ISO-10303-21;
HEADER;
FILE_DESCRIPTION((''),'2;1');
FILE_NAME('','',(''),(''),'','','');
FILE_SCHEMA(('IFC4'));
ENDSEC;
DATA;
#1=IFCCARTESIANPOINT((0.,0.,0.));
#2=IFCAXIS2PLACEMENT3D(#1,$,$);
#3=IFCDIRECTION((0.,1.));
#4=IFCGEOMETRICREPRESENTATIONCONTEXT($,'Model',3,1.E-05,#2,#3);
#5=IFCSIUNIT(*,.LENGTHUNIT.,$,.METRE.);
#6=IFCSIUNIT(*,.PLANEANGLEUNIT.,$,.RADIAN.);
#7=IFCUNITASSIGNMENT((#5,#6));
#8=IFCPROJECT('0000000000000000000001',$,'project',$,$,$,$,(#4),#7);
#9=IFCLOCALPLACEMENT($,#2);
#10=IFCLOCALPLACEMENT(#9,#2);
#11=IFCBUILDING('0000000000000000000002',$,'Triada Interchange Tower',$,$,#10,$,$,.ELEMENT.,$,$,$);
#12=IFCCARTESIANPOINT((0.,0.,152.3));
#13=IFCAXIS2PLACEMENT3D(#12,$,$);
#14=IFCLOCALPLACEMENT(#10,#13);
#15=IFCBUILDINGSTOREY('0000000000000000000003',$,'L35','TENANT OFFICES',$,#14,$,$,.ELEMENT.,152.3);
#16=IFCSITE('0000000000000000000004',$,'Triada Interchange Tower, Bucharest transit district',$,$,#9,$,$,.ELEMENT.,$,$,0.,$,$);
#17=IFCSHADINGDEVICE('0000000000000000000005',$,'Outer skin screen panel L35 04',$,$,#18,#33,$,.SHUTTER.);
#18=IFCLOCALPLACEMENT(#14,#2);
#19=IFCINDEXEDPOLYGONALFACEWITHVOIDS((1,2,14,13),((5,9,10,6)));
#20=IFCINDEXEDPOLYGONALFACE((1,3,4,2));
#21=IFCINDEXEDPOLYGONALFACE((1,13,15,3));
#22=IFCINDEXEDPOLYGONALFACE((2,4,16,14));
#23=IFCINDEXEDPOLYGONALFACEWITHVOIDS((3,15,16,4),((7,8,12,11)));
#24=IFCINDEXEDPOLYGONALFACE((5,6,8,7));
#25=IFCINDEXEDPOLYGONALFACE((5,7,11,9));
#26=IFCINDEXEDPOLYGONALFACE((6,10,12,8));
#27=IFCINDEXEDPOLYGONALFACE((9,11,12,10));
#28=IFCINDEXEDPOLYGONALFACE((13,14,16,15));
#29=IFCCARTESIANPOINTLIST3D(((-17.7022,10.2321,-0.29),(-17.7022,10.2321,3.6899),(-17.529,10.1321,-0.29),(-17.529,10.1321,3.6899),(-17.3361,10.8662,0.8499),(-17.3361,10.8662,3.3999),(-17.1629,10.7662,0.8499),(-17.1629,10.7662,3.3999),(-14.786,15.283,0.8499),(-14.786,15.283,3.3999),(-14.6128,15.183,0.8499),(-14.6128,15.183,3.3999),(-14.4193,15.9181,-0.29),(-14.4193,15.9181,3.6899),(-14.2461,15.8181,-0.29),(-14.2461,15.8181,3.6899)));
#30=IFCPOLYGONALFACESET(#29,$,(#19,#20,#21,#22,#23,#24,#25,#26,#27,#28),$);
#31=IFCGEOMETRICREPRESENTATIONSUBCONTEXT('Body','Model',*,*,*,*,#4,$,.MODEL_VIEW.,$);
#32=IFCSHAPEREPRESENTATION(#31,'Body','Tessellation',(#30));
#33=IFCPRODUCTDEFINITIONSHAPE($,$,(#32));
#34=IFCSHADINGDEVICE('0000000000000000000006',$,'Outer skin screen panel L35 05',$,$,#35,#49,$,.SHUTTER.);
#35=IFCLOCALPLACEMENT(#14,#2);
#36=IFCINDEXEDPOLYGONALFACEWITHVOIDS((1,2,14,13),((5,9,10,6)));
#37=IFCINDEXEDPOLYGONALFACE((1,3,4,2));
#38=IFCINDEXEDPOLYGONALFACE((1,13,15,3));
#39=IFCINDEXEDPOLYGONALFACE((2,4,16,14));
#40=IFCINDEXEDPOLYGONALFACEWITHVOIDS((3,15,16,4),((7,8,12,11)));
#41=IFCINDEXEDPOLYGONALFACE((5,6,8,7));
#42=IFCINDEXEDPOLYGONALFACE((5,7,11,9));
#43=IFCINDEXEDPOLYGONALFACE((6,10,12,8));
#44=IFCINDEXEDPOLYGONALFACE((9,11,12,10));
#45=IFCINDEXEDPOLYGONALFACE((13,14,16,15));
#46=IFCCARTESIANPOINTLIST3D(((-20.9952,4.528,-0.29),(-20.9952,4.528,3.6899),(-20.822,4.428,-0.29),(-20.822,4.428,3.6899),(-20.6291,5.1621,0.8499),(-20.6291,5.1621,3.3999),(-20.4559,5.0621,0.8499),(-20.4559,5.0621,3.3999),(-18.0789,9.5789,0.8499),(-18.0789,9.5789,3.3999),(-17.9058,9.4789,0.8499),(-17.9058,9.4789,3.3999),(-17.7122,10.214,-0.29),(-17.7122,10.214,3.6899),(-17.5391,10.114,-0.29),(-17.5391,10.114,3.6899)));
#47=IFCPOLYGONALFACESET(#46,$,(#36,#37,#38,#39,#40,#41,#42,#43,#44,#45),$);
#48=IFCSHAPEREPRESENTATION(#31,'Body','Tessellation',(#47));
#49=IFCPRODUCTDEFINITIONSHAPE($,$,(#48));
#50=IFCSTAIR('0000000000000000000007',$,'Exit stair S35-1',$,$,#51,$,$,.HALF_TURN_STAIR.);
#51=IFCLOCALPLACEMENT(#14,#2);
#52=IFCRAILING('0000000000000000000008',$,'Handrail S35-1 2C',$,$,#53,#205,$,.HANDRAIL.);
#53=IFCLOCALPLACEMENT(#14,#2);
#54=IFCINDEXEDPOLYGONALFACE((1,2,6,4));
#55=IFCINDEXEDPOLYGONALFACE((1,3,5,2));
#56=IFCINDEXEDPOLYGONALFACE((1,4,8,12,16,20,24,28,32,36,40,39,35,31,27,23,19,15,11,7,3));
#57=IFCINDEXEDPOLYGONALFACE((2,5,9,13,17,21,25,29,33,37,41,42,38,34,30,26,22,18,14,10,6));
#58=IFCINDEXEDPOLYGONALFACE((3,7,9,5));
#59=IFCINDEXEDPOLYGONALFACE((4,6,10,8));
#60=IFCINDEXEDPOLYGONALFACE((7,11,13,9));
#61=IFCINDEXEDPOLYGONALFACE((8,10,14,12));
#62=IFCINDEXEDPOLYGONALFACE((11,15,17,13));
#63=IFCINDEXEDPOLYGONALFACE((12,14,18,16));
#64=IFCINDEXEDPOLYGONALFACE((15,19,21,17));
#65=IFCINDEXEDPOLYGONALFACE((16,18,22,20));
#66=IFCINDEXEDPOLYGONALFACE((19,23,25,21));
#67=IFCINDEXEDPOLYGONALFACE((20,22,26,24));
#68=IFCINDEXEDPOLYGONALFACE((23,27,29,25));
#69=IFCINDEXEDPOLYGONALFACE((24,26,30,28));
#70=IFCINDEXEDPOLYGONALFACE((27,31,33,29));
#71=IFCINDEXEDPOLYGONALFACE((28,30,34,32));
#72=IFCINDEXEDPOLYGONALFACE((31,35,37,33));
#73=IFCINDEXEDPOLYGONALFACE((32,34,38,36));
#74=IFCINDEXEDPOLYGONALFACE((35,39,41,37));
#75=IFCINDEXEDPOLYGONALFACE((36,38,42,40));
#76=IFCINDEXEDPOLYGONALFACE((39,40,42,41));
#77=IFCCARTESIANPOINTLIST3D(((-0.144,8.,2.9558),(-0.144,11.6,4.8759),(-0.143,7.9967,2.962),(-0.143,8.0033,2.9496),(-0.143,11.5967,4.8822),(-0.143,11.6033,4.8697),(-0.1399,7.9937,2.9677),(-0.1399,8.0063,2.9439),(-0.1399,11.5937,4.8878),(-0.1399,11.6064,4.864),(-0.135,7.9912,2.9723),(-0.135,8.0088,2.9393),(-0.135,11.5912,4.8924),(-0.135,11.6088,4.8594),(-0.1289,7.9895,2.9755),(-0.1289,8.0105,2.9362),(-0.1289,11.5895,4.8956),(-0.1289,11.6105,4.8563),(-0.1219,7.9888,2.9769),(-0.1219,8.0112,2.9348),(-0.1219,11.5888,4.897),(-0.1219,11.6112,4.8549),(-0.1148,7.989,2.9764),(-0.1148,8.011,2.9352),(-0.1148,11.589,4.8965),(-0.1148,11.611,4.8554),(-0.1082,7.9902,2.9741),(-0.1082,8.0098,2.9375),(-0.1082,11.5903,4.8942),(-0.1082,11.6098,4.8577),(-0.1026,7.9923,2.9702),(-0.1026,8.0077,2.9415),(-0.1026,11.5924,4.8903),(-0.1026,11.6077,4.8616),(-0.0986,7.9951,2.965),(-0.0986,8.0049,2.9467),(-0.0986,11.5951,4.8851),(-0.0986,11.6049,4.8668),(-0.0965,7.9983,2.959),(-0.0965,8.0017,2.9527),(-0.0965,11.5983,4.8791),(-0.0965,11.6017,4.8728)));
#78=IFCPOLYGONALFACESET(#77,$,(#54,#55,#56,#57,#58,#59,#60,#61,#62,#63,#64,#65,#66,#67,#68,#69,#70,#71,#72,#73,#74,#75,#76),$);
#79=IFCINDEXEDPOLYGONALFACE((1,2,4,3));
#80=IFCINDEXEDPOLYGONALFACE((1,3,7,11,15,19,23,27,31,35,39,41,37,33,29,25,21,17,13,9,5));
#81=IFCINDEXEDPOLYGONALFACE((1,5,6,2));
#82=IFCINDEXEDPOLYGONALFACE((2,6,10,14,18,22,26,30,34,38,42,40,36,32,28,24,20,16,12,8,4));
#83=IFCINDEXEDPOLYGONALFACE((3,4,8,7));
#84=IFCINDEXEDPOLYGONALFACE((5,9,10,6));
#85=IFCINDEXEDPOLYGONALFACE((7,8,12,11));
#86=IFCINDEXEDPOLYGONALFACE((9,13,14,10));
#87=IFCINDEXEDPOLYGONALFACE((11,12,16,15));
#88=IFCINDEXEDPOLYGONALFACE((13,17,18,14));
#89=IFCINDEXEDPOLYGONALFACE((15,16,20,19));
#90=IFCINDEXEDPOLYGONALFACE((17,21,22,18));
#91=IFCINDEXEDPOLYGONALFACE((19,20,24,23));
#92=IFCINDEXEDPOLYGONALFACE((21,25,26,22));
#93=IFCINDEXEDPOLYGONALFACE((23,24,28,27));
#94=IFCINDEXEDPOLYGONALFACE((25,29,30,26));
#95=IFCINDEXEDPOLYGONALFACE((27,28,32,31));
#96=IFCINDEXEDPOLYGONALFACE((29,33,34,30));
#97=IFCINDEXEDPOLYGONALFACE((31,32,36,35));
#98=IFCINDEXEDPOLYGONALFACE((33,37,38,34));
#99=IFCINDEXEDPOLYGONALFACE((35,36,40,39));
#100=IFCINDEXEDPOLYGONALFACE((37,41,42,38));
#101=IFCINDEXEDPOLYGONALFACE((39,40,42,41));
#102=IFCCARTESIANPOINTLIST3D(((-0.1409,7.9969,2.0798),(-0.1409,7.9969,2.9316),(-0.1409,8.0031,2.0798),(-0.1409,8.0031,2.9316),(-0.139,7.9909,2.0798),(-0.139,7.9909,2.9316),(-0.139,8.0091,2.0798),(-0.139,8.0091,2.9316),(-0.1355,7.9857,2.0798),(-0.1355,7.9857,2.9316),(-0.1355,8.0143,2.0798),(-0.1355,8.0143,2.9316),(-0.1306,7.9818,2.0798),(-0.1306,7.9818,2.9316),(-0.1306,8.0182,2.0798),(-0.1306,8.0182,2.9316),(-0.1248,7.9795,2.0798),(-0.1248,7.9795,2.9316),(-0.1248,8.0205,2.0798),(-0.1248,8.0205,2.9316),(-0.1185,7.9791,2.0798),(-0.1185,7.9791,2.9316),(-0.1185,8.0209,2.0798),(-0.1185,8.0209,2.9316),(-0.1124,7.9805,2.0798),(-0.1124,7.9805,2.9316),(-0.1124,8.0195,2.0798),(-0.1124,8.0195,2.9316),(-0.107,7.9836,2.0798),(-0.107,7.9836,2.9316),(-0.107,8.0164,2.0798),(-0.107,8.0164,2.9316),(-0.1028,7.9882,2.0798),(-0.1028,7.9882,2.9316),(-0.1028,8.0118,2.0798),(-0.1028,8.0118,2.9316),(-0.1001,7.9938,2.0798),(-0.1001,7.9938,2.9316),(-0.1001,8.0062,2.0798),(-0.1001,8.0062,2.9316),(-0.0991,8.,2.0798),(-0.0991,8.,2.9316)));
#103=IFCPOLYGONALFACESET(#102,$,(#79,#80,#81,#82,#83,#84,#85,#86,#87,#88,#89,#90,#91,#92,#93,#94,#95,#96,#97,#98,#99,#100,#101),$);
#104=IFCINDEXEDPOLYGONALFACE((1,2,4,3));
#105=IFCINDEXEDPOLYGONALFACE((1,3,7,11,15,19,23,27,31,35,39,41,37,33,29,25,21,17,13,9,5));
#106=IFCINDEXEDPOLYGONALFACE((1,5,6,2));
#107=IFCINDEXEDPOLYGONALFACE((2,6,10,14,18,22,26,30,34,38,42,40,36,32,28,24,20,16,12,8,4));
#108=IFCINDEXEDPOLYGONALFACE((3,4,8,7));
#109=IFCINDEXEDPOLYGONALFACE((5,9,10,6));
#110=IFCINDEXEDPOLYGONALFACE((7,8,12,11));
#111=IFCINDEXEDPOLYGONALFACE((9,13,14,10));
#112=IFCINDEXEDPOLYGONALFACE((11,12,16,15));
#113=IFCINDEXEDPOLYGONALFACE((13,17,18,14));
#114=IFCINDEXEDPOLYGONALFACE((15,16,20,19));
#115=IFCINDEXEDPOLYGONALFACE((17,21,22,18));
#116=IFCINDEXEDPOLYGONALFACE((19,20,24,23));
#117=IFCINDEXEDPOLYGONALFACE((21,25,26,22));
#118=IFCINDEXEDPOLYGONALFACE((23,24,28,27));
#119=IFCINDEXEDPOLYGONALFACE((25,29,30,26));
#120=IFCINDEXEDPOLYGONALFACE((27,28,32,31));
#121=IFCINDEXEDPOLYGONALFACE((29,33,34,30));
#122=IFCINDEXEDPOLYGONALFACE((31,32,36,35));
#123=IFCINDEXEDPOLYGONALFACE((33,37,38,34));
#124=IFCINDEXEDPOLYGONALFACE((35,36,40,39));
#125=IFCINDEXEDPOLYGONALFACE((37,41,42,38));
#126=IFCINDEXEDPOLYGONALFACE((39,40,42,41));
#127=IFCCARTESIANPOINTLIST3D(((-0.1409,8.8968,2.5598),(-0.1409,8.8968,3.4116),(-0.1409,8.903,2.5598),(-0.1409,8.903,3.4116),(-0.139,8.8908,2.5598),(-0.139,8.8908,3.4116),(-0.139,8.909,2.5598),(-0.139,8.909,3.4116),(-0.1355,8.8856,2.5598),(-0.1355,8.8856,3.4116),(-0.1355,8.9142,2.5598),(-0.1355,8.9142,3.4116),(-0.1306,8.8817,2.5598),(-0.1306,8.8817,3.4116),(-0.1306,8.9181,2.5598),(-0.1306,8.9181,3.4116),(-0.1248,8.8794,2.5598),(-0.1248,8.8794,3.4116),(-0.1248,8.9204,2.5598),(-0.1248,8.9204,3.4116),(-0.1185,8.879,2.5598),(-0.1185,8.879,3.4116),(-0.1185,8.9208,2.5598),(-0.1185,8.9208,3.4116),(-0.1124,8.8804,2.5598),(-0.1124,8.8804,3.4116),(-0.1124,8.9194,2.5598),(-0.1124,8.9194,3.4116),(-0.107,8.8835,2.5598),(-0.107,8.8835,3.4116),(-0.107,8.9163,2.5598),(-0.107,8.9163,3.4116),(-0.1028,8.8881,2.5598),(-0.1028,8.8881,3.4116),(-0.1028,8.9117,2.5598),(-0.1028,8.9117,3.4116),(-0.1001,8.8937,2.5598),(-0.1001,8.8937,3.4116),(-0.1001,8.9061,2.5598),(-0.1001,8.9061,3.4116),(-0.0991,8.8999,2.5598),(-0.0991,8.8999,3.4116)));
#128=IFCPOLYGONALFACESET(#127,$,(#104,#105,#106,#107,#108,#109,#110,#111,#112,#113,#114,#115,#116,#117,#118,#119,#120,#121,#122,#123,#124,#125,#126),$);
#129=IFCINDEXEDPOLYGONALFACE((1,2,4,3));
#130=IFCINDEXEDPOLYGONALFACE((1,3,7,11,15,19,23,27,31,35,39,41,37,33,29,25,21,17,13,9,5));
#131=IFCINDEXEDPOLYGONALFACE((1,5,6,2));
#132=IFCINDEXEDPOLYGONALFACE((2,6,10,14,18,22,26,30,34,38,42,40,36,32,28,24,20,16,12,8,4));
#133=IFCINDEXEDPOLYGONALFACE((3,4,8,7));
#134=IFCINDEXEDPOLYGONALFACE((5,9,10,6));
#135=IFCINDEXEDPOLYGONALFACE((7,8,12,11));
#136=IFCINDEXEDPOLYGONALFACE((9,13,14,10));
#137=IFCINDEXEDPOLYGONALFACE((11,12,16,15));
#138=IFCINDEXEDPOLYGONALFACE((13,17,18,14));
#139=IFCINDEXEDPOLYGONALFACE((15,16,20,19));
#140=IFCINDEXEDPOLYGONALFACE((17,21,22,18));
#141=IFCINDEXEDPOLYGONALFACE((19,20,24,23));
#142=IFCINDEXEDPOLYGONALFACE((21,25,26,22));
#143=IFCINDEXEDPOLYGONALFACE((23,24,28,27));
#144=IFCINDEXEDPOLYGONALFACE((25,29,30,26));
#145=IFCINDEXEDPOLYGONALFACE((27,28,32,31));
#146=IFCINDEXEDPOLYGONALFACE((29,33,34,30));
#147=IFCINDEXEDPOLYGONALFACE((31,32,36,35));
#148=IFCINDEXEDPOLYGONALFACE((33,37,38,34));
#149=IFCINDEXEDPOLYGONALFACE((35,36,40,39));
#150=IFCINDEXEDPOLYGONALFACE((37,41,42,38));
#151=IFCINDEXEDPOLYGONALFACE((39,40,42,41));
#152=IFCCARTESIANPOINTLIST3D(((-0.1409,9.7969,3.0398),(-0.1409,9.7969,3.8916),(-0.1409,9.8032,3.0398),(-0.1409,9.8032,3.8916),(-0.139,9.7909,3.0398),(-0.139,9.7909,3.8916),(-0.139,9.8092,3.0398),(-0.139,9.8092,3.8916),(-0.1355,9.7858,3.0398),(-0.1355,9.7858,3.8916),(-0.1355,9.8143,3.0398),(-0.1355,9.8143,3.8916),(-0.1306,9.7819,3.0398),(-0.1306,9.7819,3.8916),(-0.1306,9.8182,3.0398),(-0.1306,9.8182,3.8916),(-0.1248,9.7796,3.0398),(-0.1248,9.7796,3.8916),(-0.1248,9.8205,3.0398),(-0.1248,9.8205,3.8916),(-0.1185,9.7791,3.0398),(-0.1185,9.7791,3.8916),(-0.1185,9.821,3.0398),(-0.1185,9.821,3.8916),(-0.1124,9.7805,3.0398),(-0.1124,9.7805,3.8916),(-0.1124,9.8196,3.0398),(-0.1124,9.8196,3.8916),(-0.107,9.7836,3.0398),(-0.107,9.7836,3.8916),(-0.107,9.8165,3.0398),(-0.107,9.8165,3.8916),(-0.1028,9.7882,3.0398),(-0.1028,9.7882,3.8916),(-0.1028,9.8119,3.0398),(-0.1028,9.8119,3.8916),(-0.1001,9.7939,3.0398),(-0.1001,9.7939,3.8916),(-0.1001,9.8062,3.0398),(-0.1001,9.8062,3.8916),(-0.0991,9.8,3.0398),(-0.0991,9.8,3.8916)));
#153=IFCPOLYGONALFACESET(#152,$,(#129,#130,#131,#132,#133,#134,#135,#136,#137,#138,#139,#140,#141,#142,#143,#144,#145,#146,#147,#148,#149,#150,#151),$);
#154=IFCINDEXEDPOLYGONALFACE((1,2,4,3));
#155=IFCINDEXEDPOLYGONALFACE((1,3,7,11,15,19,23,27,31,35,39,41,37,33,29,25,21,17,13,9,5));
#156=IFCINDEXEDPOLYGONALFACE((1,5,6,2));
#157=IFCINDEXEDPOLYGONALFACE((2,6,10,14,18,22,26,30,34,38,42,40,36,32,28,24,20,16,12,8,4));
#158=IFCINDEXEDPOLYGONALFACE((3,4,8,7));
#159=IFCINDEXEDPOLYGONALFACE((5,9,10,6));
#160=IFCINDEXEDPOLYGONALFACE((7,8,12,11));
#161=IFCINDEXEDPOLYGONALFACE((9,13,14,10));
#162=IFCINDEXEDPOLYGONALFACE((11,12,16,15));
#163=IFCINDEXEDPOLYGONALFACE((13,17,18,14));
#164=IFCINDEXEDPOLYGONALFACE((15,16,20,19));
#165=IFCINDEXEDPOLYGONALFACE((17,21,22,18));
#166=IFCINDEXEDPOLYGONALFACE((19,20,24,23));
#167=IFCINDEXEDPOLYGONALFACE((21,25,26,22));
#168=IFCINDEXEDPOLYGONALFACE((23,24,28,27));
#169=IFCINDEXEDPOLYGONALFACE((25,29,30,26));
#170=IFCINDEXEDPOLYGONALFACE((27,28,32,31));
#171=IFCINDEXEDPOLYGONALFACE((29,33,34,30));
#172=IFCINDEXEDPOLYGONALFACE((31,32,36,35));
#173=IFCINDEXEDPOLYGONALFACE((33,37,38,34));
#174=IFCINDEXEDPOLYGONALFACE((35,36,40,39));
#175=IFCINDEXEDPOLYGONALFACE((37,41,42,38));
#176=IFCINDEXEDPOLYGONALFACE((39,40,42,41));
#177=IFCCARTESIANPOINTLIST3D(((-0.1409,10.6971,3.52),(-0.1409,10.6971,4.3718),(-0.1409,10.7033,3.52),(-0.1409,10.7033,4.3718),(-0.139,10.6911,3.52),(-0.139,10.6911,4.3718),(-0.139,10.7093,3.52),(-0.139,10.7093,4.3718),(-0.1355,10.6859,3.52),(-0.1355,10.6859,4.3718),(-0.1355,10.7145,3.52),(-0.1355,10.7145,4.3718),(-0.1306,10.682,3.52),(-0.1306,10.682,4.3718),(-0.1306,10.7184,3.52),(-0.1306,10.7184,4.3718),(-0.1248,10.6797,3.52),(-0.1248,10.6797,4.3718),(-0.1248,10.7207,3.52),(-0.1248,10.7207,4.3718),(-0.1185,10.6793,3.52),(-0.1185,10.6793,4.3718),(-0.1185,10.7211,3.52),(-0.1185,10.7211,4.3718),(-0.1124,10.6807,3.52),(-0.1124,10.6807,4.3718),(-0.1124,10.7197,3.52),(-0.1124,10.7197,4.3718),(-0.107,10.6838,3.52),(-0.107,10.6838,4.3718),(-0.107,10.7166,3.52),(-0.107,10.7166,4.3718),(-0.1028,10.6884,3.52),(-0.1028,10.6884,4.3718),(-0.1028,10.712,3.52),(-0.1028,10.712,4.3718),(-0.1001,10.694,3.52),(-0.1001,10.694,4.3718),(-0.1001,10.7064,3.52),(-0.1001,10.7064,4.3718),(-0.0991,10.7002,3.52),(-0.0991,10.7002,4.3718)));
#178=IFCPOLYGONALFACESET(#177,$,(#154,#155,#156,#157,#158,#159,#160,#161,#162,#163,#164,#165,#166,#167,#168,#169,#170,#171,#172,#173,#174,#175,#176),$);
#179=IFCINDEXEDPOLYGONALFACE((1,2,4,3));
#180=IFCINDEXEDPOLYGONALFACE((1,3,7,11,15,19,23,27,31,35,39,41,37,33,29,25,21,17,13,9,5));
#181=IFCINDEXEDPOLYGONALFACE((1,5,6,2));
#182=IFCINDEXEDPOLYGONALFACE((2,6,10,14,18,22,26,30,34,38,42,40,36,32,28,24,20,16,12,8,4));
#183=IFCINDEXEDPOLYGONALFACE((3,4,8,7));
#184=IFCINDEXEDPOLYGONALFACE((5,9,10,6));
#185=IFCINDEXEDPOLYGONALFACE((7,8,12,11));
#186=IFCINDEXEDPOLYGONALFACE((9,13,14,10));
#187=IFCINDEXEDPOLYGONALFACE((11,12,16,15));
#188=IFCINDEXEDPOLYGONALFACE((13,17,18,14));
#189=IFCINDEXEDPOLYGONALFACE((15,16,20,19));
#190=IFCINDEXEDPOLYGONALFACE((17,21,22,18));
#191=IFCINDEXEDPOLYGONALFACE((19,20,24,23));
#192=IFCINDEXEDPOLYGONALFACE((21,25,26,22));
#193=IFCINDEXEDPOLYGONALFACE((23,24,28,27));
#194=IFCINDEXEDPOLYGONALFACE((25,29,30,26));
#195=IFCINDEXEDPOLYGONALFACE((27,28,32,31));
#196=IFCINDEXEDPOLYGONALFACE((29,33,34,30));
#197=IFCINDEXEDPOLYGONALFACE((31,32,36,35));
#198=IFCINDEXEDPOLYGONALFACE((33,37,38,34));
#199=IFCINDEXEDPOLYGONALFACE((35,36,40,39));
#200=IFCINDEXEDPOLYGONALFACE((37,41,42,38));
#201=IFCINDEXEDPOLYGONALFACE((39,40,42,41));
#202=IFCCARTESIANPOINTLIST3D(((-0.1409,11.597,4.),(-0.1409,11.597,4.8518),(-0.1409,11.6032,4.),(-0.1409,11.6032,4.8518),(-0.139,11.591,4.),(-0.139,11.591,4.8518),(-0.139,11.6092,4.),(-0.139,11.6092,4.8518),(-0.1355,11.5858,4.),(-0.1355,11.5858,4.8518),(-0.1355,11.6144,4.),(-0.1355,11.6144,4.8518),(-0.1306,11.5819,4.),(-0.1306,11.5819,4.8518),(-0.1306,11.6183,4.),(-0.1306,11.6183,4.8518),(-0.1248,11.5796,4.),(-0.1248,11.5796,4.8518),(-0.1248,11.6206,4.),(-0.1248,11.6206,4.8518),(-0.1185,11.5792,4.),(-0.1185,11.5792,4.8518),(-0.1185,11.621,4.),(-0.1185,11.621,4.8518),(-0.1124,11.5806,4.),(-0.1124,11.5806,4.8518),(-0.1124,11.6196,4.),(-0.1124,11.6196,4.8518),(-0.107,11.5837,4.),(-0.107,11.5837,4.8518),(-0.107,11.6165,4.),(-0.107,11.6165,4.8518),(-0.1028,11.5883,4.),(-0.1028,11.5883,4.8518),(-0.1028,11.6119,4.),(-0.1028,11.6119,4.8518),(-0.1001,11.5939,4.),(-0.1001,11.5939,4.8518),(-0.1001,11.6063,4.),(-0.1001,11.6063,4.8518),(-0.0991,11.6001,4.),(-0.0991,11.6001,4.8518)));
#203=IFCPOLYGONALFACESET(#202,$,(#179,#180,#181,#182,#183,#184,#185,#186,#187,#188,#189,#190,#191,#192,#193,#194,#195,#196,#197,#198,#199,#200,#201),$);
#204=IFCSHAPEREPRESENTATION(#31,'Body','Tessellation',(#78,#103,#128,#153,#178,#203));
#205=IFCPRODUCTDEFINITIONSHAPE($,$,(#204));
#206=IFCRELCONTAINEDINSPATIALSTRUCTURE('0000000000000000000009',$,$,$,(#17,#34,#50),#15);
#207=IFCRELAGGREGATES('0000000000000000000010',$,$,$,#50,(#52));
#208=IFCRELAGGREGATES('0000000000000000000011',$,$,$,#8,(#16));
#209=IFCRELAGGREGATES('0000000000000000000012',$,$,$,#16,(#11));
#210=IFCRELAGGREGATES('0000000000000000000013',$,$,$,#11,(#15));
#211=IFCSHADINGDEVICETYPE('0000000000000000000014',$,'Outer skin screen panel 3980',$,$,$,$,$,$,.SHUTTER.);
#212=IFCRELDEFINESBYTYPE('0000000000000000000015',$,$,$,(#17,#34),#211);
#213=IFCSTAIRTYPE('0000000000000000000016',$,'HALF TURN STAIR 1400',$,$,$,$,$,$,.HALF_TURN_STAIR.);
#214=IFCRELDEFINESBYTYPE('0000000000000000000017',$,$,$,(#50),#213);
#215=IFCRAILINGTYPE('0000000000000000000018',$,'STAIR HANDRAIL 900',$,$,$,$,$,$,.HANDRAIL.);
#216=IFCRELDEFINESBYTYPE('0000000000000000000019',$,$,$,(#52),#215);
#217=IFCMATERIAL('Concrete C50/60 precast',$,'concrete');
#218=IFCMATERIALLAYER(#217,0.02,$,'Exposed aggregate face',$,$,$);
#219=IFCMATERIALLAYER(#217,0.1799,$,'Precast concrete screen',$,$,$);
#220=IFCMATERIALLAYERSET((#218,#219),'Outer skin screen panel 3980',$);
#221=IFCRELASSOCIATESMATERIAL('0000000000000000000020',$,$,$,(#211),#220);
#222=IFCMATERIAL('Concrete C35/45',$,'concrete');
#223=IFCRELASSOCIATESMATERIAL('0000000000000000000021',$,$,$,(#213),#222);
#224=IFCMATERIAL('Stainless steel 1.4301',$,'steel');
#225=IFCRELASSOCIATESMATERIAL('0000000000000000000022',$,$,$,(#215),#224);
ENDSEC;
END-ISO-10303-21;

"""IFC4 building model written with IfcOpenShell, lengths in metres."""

from ifc_helpers import new_model, si_unit, direction, frame, origin, origin_2d, place, context, subcontext, project, spatial, polyline, circle, outline, extrude, material, layer, layer_set, type_object, element, aggregate, save


model = new_model("IFC4")

# Units and contexts
model_context = context("Model", 3, precision=1e-05, world=origin(), true_north=direction((0.0, 1.0)))
body_context = subcontext(model_context, "Body", "Model", "MODEL_VIEW")
ifc_project = project(units=[si_unit("LENGTHUNIT", "METRE"), si_unit("PLANEANGLEUNIT", "RADIAN")], contexts=[model_context])

# Site, building, storey
site_placement = place(None, origin())
site = spatial("IfcSite", under=ifc_project, at=site_placement, Name="Triada Interchange Tower, Bucharest transit district", CompositionType="ELEMENT", RefElevation=0.0)
building_placement = place(site_placement, origin())
building = spatial("IfcBuilding", under=site, at=building_placement, Name="Triada Interchange Tower", CompositionType="ELEMENT")
storey_placement = place(building_placement, frame((0.0, 0.0, 152.3)))
storey = spatial("IfcBuildingStorey", under=building, at=storey_placement, Name="L35", Description="TENANT OFFICES", CompositionType="ELEMENT", Elevation=152.3)

# Shading devices
ifc_material_1 = material(Name="Concrete C50/60 precast", Category="concrete")
ifc_layer_1 = layer(ifc_material_1, 0.02, Name="Exposed aggregate face")
ifc_layer_2 = layer(ifc_material_1, 0.1799, Name="Precast concrete screen")
ifc_layer_set_1 = layer_set([ifc_layer_1, ifc_layer_2], Name="Outer skin screen panel 3980")
shading_device_type = type_object("IfcShadingDeviceType", Name="Outer skin screen panel 3980", PredefinedType="SHUTTER", material=ifc_layer_set_1)
for number, where, z_axis, x_axis, name in (
    (1, (-14.2461, 15.8181, -0.29), (0.0, 0.0, 1.0), (-0.500014, -0.866017, 0.0), "Outer skin screen panel L35 04"),
    (2, (-17.5391, 10.114, -0.29), (0.0, 0.0, 1.0), (-0.500014, -0.866017, 0.0), "Outer skin screen panel L35 05"),
):
    element("IfcShadingDevice", number, at=place(storey_placement, frame(where, z_axis=z_axis, x_axis=x_axis)), inside=storey, type_object=shading_device_type, Name=name, PredefinedType="SHUTTER", context=body_context, shape_type="SweptSolid", body=[
        extrude(outline(polyline([(0.0, 0.0), (6.5657, 0.0), (6.5657, 3.98), (0.0, 3.98), (0.0, 0.0)]), holes=[polyline([(0.7334, 1.1399), (0.7334, 3.6899), (5.8335, 3.6899), (5.8335, 1.1399), (0.7334, 1.1399)])]), frame((0.0, 0.0, 0.0), z_axis=(0.0, -1.0, 0.0), x_axis=(1.0, 0.0, 0.0)), (0.0, 0.0, 1.0), 0.2),
    ])

# Stair, railing
ifc_material_2 = material(Name="Concrete C35/45", Category="concrete")
stair_type = type_object("IfcStairType", Name="HALF TURN STAIR 1400", PredefinedType="HALF_TURN_STAIR", material=ifc_material_2)
stair_placement = place(storey_placement, origin())
stair = element("IfcStair", 3, at=stair_placement, inside=storey, type_object=stair_type, Name="Exit stair S35-1", PredefinedType="HALF_TURN_STAIR")
ifc_material_3 = material(Name="Stainless steel 1.4301", Category="steel")
railing_type = type_object("IfcRailingType", Name="STAIR HANDRAIL 900", PredefinedType="HANDRAIL", material=ifc_material_3)
railing_placement = place(storey_placement, frame((-0.1201, 8.0, 2.0798)))
railing = element("IfcRailing", 4, at=railing_placement, type_object=railing_type, Name="Handrail S35-1 2C", PredefinedType="HANDRAIL", context=body_context, shape_type="SweptSolid", body=[
    extrude(circle(Radius=0.0239, at=origin_2d()), frame((0.0, 0.0, 0.876), z_axis=(0.0, 0.882341, 0.47061), x_axis=(-1.0, 0.0, 0.0)), (0.0, 0.0, 1.0), 4.0801),
    extrude(circle(Radius=0.021, at=origin_2d()), origin(), (0.0, 0.0, 1.0), 0.8518),
    extrude(circle(Radius=0.021, at=origin_2d()), frame((0.0, 0.8999, 0.48)), (0.0, 0.0, 1.0), 0.8518),
    extrude(circle(Radius=0.021, at=origin_2d()), frame((0.0, 1.8, 0.96)), (0.0, 0.0, 1.0), 0.8518),
    extrude(circle(Radius=0.021, at=origin_2d()), frame((0.0, 2.7002, 1.4402)), (0.0, 0.0, 1.0), 0.8518),
    extrude(circle(Radius=0.021, at=origin_2d()), frame((0.0, 3.6001, 1.9202)), (0.0, 0.0, 1.0), 0.8518),
])
aggregate(stair, [railing])

save(model, "model.ifc")
